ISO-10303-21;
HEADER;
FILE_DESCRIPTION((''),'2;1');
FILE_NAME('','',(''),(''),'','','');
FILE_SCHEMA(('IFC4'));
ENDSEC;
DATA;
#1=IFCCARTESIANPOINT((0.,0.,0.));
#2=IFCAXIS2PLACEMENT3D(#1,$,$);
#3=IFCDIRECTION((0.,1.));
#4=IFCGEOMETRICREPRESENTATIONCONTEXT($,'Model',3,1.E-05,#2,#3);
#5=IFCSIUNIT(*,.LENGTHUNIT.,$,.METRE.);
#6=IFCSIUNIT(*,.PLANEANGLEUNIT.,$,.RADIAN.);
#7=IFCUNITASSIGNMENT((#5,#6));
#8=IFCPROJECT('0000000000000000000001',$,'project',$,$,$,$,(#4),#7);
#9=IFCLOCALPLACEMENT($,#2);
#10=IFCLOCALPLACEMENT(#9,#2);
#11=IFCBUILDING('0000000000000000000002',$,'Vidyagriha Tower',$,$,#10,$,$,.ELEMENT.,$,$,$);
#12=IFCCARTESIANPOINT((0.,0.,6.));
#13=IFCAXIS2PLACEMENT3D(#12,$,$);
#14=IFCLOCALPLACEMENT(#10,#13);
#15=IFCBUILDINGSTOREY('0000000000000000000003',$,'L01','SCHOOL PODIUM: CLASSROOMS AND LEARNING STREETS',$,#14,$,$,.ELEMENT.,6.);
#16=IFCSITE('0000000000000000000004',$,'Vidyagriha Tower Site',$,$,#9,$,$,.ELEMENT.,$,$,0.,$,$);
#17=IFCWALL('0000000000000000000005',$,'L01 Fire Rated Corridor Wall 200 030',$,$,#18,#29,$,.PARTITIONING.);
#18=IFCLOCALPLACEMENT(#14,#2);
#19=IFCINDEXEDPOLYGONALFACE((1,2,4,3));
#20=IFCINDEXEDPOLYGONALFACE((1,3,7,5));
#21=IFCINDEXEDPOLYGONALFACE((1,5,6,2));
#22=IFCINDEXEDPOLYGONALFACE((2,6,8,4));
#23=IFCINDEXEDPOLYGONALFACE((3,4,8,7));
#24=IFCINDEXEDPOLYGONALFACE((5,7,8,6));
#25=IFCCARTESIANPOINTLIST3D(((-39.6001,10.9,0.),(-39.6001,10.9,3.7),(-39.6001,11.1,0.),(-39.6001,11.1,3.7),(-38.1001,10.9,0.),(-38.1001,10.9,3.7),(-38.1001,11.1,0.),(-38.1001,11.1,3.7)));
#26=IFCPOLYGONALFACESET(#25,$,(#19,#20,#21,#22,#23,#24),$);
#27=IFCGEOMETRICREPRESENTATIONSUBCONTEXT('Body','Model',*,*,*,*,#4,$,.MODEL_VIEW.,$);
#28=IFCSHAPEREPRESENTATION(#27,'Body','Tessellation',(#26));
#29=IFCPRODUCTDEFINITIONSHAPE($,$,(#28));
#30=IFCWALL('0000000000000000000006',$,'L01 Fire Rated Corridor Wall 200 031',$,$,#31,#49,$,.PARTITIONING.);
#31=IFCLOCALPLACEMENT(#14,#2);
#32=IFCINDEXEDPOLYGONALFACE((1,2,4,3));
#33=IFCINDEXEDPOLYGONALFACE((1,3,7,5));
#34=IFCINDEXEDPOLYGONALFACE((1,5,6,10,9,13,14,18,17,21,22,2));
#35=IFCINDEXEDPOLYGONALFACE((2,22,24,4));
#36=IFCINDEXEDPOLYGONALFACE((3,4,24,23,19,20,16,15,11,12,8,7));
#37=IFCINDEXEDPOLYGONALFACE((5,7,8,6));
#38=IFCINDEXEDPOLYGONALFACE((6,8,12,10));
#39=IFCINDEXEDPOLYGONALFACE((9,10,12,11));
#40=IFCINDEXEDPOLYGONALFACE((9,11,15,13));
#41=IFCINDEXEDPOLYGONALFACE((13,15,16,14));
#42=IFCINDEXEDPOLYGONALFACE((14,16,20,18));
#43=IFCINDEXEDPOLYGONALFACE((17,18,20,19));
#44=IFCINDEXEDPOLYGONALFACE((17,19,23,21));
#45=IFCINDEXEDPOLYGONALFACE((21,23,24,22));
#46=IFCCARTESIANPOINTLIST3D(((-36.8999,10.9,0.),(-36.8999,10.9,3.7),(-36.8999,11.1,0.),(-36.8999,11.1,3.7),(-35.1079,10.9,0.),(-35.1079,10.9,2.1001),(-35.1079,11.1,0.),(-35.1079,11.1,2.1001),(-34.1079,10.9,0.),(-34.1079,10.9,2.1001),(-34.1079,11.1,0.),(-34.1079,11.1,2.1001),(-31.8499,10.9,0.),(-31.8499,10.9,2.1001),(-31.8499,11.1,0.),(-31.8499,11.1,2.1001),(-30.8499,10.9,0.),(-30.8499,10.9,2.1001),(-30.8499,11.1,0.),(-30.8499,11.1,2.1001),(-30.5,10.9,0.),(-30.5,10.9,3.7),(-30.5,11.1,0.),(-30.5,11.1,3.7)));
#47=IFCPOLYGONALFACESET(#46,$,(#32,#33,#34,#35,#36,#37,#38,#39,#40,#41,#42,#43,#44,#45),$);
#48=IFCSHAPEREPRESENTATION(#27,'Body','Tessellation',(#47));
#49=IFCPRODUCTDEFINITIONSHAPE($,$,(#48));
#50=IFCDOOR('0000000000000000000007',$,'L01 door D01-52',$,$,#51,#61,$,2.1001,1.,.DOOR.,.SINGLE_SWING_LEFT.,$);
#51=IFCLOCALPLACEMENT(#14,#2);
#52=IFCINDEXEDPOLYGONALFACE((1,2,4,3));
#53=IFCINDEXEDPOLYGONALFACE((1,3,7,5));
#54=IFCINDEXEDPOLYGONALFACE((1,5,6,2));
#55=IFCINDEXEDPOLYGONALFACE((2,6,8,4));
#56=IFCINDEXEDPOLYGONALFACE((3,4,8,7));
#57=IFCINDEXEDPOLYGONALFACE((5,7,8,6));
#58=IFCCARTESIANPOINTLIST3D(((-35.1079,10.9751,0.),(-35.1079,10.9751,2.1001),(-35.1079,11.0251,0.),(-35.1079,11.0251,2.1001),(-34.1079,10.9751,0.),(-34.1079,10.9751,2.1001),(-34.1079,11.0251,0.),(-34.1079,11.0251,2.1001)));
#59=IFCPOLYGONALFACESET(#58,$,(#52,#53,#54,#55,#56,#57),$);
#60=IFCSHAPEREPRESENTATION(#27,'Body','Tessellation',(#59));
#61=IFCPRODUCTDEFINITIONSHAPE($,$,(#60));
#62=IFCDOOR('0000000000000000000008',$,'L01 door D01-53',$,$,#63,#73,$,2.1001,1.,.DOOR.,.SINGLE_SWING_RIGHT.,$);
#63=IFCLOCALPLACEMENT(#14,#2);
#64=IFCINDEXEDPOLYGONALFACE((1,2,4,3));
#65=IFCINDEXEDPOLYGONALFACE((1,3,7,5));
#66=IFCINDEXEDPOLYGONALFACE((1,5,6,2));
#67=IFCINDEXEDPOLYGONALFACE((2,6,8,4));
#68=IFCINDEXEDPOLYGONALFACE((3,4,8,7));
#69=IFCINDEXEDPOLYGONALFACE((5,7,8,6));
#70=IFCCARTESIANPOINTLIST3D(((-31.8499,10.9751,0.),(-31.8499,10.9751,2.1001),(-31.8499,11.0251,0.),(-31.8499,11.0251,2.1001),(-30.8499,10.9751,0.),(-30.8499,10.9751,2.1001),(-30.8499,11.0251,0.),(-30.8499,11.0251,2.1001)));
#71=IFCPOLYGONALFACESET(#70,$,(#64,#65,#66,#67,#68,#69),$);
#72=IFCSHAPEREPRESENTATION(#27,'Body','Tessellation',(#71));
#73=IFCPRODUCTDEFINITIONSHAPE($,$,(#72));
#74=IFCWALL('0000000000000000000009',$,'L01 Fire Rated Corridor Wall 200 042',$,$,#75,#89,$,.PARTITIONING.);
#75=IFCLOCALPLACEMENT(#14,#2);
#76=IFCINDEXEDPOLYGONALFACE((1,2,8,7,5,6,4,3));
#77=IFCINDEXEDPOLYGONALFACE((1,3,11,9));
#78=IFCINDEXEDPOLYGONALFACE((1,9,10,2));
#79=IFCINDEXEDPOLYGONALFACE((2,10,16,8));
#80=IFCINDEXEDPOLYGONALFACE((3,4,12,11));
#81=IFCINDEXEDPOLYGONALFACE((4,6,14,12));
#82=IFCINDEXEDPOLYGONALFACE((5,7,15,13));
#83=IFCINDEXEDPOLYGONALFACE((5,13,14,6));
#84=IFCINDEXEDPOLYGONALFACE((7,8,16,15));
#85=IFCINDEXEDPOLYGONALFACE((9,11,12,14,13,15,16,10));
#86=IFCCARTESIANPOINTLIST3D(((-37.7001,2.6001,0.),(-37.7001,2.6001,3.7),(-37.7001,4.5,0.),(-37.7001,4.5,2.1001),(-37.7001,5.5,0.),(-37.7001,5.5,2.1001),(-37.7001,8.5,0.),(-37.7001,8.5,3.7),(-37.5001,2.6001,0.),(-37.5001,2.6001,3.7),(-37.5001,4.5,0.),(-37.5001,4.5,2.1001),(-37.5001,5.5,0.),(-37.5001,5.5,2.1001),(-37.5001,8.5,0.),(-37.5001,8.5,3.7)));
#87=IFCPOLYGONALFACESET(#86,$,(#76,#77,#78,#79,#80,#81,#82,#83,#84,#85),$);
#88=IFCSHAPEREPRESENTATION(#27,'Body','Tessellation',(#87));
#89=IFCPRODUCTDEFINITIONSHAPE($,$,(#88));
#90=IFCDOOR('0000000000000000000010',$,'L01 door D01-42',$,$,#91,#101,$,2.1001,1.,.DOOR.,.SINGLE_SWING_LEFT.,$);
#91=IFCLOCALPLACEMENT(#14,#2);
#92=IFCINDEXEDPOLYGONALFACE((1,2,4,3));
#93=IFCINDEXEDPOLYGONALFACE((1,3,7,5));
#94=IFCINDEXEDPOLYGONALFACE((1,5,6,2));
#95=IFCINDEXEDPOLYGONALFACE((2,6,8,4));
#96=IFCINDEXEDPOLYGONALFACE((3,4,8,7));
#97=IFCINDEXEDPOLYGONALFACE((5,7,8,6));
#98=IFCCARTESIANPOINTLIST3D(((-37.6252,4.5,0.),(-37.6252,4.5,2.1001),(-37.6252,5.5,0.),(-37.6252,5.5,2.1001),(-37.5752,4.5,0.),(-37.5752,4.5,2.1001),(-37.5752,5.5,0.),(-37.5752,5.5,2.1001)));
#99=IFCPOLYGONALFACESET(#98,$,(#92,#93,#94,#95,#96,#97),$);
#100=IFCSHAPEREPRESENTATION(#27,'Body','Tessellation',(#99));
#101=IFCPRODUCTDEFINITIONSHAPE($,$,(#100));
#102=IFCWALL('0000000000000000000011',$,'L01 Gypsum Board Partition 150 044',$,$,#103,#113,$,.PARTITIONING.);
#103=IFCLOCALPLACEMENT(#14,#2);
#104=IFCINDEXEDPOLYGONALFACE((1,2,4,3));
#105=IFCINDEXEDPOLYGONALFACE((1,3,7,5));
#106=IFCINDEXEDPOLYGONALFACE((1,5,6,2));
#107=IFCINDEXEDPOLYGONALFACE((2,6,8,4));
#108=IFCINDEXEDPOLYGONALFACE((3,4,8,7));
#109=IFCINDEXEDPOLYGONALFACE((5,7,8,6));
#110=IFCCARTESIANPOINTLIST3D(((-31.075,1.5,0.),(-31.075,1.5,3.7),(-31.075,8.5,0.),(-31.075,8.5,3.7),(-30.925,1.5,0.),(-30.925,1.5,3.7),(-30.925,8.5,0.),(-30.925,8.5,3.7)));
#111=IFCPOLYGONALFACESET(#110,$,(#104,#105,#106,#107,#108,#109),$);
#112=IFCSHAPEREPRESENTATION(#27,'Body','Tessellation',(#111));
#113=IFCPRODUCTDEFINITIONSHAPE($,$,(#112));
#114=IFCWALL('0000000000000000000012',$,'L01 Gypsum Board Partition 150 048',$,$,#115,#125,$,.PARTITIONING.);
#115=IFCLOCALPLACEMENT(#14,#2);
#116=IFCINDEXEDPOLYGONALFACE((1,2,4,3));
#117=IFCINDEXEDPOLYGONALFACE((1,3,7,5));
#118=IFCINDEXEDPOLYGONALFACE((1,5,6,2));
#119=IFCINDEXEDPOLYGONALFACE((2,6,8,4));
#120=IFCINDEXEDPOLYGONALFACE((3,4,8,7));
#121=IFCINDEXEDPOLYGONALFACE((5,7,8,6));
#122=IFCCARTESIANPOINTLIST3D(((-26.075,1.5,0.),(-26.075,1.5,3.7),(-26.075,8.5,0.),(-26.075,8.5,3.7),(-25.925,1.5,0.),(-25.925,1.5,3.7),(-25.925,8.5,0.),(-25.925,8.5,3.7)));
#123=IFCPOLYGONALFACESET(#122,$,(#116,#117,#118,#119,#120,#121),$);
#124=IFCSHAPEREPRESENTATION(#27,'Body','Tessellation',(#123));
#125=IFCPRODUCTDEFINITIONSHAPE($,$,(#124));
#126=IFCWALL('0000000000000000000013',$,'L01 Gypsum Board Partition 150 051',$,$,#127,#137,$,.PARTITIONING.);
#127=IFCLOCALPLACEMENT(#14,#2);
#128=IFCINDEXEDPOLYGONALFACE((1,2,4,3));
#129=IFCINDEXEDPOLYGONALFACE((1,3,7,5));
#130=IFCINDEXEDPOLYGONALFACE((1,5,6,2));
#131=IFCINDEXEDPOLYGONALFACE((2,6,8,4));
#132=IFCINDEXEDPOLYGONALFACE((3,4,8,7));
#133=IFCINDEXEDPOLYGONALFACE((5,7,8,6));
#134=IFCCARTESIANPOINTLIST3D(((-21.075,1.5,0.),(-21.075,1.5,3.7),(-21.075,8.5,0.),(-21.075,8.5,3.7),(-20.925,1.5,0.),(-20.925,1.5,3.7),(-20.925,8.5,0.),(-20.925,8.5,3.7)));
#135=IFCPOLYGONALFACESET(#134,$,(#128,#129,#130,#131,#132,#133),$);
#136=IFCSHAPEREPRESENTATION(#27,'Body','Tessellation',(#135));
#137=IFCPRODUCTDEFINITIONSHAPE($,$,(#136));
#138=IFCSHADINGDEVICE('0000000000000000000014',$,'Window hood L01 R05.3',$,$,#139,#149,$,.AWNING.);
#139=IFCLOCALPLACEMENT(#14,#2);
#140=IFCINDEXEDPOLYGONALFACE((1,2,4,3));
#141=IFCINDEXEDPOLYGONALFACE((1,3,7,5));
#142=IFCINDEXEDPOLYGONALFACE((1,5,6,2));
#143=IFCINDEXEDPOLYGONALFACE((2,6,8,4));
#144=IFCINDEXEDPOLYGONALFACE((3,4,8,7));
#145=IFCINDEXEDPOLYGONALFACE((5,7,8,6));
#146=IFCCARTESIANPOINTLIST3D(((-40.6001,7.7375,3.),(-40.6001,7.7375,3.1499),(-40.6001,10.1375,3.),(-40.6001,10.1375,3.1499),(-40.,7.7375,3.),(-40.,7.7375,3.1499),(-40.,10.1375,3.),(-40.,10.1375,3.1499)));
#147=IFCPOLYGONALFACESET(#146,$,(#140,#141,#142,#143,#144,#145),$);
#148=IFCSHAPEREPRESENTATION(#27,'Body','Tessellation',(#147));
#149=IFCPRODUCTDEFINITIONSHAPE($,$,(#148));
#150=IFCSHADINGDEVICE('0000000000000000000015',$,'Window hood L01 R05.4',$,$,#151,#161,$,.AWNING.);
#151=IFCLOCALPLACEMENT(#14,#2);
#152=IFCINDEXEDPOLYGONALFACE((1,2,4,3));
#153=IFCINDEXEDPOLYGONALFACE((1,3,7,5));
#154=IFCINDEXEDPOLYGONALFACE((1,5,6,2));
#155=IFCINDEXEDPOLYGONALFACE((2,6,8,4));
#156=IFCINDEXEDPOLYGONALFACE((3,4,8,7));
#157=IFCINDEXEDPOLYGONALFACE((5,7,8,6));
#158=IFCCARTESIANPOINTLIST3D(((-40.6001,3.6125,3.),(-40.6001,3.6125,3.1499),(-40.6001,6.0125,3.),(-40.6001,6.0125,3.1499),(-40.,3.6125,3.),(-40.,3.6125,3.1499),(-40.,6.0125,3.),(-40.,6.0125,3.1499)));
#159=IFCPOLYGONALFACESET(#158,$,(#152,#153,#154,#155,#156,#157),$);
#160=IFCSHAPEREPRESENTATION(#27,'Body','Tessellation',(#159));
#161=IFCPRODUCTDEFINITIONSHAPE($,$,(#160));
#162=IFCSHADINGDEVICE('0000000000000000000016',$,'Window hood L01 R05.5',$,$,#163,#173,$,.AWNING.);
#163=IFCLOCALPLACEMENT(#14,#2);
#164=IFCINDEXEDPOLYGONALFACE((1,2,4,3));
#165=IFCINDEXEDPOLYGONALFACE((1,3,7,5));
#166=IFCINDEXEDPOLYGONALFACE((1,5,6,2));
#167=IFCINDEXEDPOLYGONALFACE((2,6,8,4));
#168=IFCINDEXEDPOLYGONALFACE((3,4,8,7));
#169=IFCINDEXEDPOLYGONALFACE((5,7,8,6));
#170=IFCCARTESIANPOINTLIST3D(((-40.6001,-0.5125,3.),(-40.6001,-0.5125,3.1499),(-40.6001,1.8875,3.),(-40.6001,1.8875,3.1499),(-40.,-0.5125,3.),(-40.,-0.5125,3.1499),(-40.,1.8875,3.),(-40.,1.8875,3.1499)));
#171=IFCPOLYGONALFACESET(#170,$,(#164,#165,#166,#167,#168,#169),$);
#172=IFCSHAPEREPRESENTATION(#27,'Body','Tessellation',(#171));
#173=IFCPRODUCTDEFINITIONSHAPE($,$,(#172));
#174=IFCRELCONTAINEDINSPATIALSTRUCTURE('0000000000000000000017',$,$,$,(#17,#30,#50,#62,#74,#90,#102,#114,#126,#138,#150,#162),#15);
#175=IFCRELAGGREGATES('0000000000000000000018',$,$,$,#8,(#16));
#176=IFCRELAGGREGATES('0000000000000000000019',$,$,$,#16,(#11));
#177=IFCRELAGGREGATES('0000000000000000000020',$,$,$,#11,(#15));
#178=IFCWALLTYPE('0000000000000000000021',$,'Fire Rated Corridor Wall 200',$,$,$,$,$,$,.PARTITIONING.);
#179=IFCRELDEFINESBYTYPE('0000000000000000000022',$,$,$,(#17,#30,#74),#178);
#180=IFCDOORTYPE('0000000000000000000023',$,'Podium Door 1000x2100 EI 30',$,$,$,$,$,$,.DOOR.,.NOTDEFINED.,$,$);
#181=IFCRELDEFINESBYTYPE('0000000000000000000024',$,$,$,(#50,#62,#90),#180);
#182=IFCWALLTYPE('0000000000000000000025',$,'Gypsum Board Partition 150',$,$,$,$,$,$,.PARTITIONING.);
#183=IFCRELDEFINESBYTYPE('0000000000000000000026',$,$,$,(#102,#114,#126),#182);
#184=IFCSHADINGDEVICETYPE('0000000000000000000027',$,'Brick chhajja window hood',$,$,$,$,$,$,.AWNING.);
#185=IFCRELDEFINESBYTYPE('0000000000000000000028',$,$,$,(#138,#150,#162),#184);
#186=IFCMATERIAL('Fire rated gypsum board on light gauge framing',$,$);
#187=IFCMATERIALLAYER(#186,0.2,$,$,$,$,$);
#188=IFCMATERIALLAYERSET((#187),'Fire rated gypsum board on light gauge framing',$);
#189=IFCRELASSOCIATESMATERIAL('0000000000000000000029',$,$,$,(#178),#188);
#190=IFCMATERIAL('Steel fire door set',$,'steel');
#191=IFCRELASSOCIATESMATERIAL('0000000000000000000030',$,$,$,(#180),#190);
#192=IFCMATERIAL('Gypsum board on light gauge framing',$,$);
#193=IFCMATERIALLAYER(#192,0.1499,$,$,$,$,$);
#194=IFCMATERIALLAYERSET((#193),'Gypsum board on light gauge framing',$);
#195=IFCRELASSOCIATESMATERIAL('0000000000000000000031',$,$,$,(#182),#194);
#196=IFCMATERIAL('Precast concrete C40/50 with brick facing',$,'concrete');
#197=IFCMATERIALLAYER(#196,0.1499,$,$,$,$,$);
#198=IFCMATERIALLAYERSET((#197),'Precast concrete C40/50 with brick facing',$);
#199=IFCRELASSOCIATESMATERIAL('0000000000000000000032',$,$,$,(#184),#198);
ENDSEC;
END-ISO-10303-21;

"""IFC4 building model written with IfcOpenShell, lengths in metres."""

from ifc_helpers import new_model, si_unit, direction, frame, frame_2d, origin, origin_2d, place, context, subcontext, project, spatial, rectangle, extrude, material, layer, layer_set, type_object, element, fill, save


model = new_model("IFC4")

# Units and contexts
model_context = context("Model", 3, precision=1e-05, world=origin(), true_north=direction((0.0, 1.0)))
body_context = subcontext(model_context, "Body", "Model", "MODEL_VIEW")
ifc_project = project(units=[si_unit("LENGTHUNIT", "METRE"), si_unit("PLANEANGLEUNIT", "RADIAN")], contexts=[model_context])

# Site, building, storey
site_placement = place(None, origin())
site = spatial("IfcSite", under=ifc_project, at=site_placement, Name="Vidyagriha Tower Site", CompositionType="ELEMENT", RefElevation=0.0)
building_placement = place(site_placement, origin())
building = spatial("IfcBuilding", under=site, at=building_placement, Name="Vidyagriha Tower", CompositionType="ELEMENT")
storey_placement = place(building_placement, frame((0.0, 0.0, 6.0)))
storey = spatial("IfcBuildingStorey", under=building, at=storey_placement, Name="L01", Description="SCHOOL PODIUM: CLASSROOMS AND LEARNING STREETS", CompositionType="ELEMENT", Elevation=6.0)

# Shared definitions
ifc_material_1 = material(Name="Fire rated gypsum board on light gauge framing")
ifc_layer_1 = layer(ifc_material_1, 0.2)
ifc_layer_set_1 = layer_set([ifc_layer_1], Name="Fire rated gypsum board on light gauge framing")
wall_type_1 = type_object("IfcWallType", Name="Fire Rated Corridor Wall 200", PredefinedType="PARTITIONING", material=ifc_layer_set_1)
ifc_material_2 = material(Name="Steel fire door set", Category="steel")
door_type_1 = type_object("IfcDoorType", Name="Podium Door 1000x2100 EI 30", OperationType="NOTDEFINED", PredefinedType="DOOR", material=ifc_material_2)

# Wall
wall_1_placement = place(storey_placement, frame((-39.6001, 11.0, 0.0)))
element("IfcWall", 1, at=wall_1_placement, inside=storey, type_object=wall_type_1, Name="L01 Fire Rated Corridor Wall 200 030", PredefinedType="PARTITIONING", context=body_context, shape_type="SweptSolid", body=[
    extrude(rectangle(XDim=1.5, YDim=0.2, at=frame_2d((0.75, 0.0))), origin(), (0.0, 0.0, 1.0), 3.7),
])

# Wall, openings, doors
wall_2_placement = place(storey_placement, frame((-36.8999, 11.0, 0.0)))
wall_2 = element("IfcWall", 2, at=wall_2_placement, inside=storey, type_object=wall_type_1, Name="L01 Fire Rated Corridor Wall 200 031", PredefinedType="PARTITIONING", context=body_context, shape_type="SweptSolid", body=[
    extrude(rectangle(XDim=6.3999, YDim=0.2, at=frame_2d((3.2, 0.0))), origin(), (0.0, 0.0, 1.0), 3.7),
])
opening_1_placement = place(wall_2_placement, frame((1.792, 0.0, 0.0)))
opening_1 = element("IfcOpeningElement", 3, at=opening_1_placement, cuts=wall_2, PredefinedType="OPENING", context=body_context, shape_type="SweptSolid", body=[
    extrude(rectangle(XDim=1.0, YDim=2.1001, at=frame_2d((0.5, 1.05))), frame((0.0, 0.1099, 0.0), z_axis=(0.0, -1.0, 0.0), x_axis=(1.0, 0.0, 0.0)), (0.0, 0.0, 1.0), 0.22),
])
opening_2_placement = place(wall_2_placement, frame((5.05, 0.0, 0.0)))
opening_2 = element("IfcOpeningElement", 4, at=opening_2_placement, cuts=wall_2, PredefinedType="OPENING", context=body_context, shape_type="SweptSolid", body=[
    extrude(rectangle(XDim=1.0, YDim=2.1001, at=frame_2d((0.5, 1.05))), frame((0.0, 0.1099, 0.0), z_axis=(0.0, -1.0, 0.0), x_axis=(1.0, 0.0, 0.0)), (0.0, 0.0, 1.0), 0.22),
])
door_1_placement = place(opening_1_placement, frame((1.0, 0.0, 0.0), z_axis=(0.0, 0.0, 1.0), x_axis=(-1.0, 0.0, 0.0)))
door_1 = element("IfcDoor", 5, at=door_1_placement, inside=storey, type_object=door_type_1, Name="L01 door D01-52", OperationType="SINGLE_SWING_LEFT", OverallHeight=2.1001, OverallWidth=1.0, PredefinedType="DOOR", context=body_context, shape_type="SweptSolid", body=[
    extrude(rectangle(XDim=1.0, YDim=2.1001, at=frame_2d((0.5, 1.05))), frame((0.0, 0.0249, 0.0), z_axis=(0.0, -1.0, 0.0), x_axis=(1.0, 0.0, 0.0)), (0.0, 0.0, 1.0), 0.05),
])
fill(opening_1, door_1)
door_2_placement = place(opening_2_placement, frame((1.0, 0.0, 0.0), z_axis=(0.0, 0.0, 1.0), x_axis=(-1.0, 0.0, 0.0)))
door_2 = element("IfcDoor", 6, at=door_2_placement, inside=storey, type_object=door_type_1, Name="L01 door D01-53", OperationType="SINGLE_SWING_RIGHT", OverallHeight=2.1001, OverallWidth=1.0, PredefinedType="DOOR", context=body_context, shape_type="SweptSolid", body=[
    extrude(rectangle(XDim=1.0, YDim=2.1001, at=frame_2d((0.5, 1.05))), frame((0.0, 0.0249, 0.0), z_axis=(0.0, -1.0, 0.0), x_axis=(1.0, 0.0, 0.0)), (0.0, 0.0, 1.0), 0.05),
])
fill(opening_2, door_2)

# Wall, opening, door
wall_3_placement = place(storey_placement, frame((-37.6001, 2.6001, 0.0), z_axis=(0.0, 0.0, 1.0), x_axis=(0.0, 1.0, 0.0)))
wall_3 = element("IfcWall", 7, at=wall_3_placement, inside=storey, type_object=wall_type_1, Name="L01 Fire Rated Corridor Wall 200 042", PredefinedType="PARTITIONING", context=body_context, shape_type="SweptSolid", body=[
    extrude(rectangle(XDim=5.8999, YDim=0.2, at=frame_2d((2.95, 0.0))), origin(), (0.0, 0.0, 1.0), 3.7),
])
opening_3_placement = place(wall_3_placement, frame((1.8999, 0.0, 0.0)))
opening_3 = element("IfcOpeningElement", 8, at=opening_3_placement, cuts=wall_3, PredefinedType="OPENING", context=body_context, shape_type="SweptSolid", body=[
    extrude(rectangle(XDim=1.0, YDim=2.1001, at=frame_2d((0.5, 1.05))), frame((0.0, 0.1099, 0.0), z_axis=(0.0, -1.0, 0.0), x_axis=(1.0, 0.0, 0.0)), (0.0, 0.0, 1.0), 0.22),
])
door_3_placement = place(opening_3_placement, frame((1.0, 0.0, 0.0), z_axis=(0.0, 0.0, 1.0), x_axis=(-1.0, 0.0, 0.0)))
door_3 = element("IfcDoor", 9, at=door_3_placement, inside=storey, type_object=door_type_1, Name="L01 door D01-42", OperationType="SINGLE_SWING_LEFT", OverallHeight=2.1001, OverallWidth=1.0, PredefinedType="DOOR", context=body_context, shape_type="SweptSolid", body=[
    extrude(rectangle(XDim=1.0, YDim=2.1001, at=frame_2d((0.5, 1.05))), frame((0.0, 0.0249, 0.0), z_axis=(0.0, -1.0, 0.0), x_axis=(1.0, 0.0, 0.0)), (0.0, 0.0, 1.0), 0.05),
])
fill(opening_3, door_3)

# Walls
ifc_material_3 = material(Name="Gypsum board on light gauge framing")
ifc_layer_2 = layer(ifc_material_3, 0.1499)
ifc_layer_set_2 = layer_set([ifc_layer_2], Name="Gypsum board on light gauge framing")
wall_type_2 = type_object("IfcWallType", Name="Gypsum Board Partition 150", PredefinedType="PARTITIONING", material=ifc_layer_set_2)
for number, where, z_axis, x_axis, name in (
    (10, (-31.0, 1.5, 0.0), (0.0, 0.0, 1.0), (0.0, 1.0, 0.0), "L01 Gypsum Board Partition 150 044"),
    (11, (-26.0, 1.5, 0.0), (0.0, 0.0, 1.0), (0.0, 1.0, 0.0), "L01 Gypsum Board Partition 150 048"),
    (12, (-21.0, 1.5, 0.0), (0.0, 0.0, 1.0), (0.0, 1.0, 0.0), "L01 Gypsum Board Partition 150 051"),
):
    element("IfcWall", number, at=place(storey_placement, frame(where, z_axis=z_axis, x_axis=x_axis)), inside=storey, type_object=wall_type_2, Name=name, PredefinedType="PARTITIONING", context=body_context, shape_type="SweptSolid", body=[
        extrude(rectangle(XDim=7.0, YDim=0.1499, at=frame_2d((3.5, 0.0))), origin(), (0.0, 0.0, 1.0), 3.7),
    ])

# Shading devices
ifc_material_4 = material(Name="Precast concrete C40/50 with brick facing", Category="concrete")
ifc_layer_3 = layer(ifc_material_4, 0.1499)
ifc_layer_set_3 = layer_set([ifc_layer_3], Name="Precast concrete C40/50 with brick facing")
shading_device_type_1 = type_object("IfcShadingDeviceType", Name="Brick chhajja window hood", PredefinedType="AWNING", material=ifc_layer_set_3)
for number, where, z_axis, x_axis, name in (
    (13, (-40.3, 8.9375, 3.0), (0.0, 0.0, 1.0), (0.0, -1.0, 0.0), "Window hood L01 R05.3"),
    (14, (-40.3, 4.8125, 3.0), (0.0, 0.0, 1.0), (0.0, -1.0, 0.0), "Window hood L01 R05.4"),
    (15, (-40.3, 0.6875, 3.0), (0.0, 0.0, 1.0), (0.0, -1.0, 0.0), "Window hood L01 R05.5"),
):
    element("IfcShadingDevice", number, at=place(storey_placement, frame(where, z_axis=z_axis, x_axis=x_axis)), inside=storey, type_object=shading_device_type_1, Name=name, PredefinedType="AWNING", context=body_context, shape_type="SweptSolid", body=[
        extrude(rectangle(XDim=2.3999, YDim=0.6001, at=origin_2d()), origin(), (0.0, 0.0, 1.0), 0.1499),
    ])

save(model, "model.ifc")
